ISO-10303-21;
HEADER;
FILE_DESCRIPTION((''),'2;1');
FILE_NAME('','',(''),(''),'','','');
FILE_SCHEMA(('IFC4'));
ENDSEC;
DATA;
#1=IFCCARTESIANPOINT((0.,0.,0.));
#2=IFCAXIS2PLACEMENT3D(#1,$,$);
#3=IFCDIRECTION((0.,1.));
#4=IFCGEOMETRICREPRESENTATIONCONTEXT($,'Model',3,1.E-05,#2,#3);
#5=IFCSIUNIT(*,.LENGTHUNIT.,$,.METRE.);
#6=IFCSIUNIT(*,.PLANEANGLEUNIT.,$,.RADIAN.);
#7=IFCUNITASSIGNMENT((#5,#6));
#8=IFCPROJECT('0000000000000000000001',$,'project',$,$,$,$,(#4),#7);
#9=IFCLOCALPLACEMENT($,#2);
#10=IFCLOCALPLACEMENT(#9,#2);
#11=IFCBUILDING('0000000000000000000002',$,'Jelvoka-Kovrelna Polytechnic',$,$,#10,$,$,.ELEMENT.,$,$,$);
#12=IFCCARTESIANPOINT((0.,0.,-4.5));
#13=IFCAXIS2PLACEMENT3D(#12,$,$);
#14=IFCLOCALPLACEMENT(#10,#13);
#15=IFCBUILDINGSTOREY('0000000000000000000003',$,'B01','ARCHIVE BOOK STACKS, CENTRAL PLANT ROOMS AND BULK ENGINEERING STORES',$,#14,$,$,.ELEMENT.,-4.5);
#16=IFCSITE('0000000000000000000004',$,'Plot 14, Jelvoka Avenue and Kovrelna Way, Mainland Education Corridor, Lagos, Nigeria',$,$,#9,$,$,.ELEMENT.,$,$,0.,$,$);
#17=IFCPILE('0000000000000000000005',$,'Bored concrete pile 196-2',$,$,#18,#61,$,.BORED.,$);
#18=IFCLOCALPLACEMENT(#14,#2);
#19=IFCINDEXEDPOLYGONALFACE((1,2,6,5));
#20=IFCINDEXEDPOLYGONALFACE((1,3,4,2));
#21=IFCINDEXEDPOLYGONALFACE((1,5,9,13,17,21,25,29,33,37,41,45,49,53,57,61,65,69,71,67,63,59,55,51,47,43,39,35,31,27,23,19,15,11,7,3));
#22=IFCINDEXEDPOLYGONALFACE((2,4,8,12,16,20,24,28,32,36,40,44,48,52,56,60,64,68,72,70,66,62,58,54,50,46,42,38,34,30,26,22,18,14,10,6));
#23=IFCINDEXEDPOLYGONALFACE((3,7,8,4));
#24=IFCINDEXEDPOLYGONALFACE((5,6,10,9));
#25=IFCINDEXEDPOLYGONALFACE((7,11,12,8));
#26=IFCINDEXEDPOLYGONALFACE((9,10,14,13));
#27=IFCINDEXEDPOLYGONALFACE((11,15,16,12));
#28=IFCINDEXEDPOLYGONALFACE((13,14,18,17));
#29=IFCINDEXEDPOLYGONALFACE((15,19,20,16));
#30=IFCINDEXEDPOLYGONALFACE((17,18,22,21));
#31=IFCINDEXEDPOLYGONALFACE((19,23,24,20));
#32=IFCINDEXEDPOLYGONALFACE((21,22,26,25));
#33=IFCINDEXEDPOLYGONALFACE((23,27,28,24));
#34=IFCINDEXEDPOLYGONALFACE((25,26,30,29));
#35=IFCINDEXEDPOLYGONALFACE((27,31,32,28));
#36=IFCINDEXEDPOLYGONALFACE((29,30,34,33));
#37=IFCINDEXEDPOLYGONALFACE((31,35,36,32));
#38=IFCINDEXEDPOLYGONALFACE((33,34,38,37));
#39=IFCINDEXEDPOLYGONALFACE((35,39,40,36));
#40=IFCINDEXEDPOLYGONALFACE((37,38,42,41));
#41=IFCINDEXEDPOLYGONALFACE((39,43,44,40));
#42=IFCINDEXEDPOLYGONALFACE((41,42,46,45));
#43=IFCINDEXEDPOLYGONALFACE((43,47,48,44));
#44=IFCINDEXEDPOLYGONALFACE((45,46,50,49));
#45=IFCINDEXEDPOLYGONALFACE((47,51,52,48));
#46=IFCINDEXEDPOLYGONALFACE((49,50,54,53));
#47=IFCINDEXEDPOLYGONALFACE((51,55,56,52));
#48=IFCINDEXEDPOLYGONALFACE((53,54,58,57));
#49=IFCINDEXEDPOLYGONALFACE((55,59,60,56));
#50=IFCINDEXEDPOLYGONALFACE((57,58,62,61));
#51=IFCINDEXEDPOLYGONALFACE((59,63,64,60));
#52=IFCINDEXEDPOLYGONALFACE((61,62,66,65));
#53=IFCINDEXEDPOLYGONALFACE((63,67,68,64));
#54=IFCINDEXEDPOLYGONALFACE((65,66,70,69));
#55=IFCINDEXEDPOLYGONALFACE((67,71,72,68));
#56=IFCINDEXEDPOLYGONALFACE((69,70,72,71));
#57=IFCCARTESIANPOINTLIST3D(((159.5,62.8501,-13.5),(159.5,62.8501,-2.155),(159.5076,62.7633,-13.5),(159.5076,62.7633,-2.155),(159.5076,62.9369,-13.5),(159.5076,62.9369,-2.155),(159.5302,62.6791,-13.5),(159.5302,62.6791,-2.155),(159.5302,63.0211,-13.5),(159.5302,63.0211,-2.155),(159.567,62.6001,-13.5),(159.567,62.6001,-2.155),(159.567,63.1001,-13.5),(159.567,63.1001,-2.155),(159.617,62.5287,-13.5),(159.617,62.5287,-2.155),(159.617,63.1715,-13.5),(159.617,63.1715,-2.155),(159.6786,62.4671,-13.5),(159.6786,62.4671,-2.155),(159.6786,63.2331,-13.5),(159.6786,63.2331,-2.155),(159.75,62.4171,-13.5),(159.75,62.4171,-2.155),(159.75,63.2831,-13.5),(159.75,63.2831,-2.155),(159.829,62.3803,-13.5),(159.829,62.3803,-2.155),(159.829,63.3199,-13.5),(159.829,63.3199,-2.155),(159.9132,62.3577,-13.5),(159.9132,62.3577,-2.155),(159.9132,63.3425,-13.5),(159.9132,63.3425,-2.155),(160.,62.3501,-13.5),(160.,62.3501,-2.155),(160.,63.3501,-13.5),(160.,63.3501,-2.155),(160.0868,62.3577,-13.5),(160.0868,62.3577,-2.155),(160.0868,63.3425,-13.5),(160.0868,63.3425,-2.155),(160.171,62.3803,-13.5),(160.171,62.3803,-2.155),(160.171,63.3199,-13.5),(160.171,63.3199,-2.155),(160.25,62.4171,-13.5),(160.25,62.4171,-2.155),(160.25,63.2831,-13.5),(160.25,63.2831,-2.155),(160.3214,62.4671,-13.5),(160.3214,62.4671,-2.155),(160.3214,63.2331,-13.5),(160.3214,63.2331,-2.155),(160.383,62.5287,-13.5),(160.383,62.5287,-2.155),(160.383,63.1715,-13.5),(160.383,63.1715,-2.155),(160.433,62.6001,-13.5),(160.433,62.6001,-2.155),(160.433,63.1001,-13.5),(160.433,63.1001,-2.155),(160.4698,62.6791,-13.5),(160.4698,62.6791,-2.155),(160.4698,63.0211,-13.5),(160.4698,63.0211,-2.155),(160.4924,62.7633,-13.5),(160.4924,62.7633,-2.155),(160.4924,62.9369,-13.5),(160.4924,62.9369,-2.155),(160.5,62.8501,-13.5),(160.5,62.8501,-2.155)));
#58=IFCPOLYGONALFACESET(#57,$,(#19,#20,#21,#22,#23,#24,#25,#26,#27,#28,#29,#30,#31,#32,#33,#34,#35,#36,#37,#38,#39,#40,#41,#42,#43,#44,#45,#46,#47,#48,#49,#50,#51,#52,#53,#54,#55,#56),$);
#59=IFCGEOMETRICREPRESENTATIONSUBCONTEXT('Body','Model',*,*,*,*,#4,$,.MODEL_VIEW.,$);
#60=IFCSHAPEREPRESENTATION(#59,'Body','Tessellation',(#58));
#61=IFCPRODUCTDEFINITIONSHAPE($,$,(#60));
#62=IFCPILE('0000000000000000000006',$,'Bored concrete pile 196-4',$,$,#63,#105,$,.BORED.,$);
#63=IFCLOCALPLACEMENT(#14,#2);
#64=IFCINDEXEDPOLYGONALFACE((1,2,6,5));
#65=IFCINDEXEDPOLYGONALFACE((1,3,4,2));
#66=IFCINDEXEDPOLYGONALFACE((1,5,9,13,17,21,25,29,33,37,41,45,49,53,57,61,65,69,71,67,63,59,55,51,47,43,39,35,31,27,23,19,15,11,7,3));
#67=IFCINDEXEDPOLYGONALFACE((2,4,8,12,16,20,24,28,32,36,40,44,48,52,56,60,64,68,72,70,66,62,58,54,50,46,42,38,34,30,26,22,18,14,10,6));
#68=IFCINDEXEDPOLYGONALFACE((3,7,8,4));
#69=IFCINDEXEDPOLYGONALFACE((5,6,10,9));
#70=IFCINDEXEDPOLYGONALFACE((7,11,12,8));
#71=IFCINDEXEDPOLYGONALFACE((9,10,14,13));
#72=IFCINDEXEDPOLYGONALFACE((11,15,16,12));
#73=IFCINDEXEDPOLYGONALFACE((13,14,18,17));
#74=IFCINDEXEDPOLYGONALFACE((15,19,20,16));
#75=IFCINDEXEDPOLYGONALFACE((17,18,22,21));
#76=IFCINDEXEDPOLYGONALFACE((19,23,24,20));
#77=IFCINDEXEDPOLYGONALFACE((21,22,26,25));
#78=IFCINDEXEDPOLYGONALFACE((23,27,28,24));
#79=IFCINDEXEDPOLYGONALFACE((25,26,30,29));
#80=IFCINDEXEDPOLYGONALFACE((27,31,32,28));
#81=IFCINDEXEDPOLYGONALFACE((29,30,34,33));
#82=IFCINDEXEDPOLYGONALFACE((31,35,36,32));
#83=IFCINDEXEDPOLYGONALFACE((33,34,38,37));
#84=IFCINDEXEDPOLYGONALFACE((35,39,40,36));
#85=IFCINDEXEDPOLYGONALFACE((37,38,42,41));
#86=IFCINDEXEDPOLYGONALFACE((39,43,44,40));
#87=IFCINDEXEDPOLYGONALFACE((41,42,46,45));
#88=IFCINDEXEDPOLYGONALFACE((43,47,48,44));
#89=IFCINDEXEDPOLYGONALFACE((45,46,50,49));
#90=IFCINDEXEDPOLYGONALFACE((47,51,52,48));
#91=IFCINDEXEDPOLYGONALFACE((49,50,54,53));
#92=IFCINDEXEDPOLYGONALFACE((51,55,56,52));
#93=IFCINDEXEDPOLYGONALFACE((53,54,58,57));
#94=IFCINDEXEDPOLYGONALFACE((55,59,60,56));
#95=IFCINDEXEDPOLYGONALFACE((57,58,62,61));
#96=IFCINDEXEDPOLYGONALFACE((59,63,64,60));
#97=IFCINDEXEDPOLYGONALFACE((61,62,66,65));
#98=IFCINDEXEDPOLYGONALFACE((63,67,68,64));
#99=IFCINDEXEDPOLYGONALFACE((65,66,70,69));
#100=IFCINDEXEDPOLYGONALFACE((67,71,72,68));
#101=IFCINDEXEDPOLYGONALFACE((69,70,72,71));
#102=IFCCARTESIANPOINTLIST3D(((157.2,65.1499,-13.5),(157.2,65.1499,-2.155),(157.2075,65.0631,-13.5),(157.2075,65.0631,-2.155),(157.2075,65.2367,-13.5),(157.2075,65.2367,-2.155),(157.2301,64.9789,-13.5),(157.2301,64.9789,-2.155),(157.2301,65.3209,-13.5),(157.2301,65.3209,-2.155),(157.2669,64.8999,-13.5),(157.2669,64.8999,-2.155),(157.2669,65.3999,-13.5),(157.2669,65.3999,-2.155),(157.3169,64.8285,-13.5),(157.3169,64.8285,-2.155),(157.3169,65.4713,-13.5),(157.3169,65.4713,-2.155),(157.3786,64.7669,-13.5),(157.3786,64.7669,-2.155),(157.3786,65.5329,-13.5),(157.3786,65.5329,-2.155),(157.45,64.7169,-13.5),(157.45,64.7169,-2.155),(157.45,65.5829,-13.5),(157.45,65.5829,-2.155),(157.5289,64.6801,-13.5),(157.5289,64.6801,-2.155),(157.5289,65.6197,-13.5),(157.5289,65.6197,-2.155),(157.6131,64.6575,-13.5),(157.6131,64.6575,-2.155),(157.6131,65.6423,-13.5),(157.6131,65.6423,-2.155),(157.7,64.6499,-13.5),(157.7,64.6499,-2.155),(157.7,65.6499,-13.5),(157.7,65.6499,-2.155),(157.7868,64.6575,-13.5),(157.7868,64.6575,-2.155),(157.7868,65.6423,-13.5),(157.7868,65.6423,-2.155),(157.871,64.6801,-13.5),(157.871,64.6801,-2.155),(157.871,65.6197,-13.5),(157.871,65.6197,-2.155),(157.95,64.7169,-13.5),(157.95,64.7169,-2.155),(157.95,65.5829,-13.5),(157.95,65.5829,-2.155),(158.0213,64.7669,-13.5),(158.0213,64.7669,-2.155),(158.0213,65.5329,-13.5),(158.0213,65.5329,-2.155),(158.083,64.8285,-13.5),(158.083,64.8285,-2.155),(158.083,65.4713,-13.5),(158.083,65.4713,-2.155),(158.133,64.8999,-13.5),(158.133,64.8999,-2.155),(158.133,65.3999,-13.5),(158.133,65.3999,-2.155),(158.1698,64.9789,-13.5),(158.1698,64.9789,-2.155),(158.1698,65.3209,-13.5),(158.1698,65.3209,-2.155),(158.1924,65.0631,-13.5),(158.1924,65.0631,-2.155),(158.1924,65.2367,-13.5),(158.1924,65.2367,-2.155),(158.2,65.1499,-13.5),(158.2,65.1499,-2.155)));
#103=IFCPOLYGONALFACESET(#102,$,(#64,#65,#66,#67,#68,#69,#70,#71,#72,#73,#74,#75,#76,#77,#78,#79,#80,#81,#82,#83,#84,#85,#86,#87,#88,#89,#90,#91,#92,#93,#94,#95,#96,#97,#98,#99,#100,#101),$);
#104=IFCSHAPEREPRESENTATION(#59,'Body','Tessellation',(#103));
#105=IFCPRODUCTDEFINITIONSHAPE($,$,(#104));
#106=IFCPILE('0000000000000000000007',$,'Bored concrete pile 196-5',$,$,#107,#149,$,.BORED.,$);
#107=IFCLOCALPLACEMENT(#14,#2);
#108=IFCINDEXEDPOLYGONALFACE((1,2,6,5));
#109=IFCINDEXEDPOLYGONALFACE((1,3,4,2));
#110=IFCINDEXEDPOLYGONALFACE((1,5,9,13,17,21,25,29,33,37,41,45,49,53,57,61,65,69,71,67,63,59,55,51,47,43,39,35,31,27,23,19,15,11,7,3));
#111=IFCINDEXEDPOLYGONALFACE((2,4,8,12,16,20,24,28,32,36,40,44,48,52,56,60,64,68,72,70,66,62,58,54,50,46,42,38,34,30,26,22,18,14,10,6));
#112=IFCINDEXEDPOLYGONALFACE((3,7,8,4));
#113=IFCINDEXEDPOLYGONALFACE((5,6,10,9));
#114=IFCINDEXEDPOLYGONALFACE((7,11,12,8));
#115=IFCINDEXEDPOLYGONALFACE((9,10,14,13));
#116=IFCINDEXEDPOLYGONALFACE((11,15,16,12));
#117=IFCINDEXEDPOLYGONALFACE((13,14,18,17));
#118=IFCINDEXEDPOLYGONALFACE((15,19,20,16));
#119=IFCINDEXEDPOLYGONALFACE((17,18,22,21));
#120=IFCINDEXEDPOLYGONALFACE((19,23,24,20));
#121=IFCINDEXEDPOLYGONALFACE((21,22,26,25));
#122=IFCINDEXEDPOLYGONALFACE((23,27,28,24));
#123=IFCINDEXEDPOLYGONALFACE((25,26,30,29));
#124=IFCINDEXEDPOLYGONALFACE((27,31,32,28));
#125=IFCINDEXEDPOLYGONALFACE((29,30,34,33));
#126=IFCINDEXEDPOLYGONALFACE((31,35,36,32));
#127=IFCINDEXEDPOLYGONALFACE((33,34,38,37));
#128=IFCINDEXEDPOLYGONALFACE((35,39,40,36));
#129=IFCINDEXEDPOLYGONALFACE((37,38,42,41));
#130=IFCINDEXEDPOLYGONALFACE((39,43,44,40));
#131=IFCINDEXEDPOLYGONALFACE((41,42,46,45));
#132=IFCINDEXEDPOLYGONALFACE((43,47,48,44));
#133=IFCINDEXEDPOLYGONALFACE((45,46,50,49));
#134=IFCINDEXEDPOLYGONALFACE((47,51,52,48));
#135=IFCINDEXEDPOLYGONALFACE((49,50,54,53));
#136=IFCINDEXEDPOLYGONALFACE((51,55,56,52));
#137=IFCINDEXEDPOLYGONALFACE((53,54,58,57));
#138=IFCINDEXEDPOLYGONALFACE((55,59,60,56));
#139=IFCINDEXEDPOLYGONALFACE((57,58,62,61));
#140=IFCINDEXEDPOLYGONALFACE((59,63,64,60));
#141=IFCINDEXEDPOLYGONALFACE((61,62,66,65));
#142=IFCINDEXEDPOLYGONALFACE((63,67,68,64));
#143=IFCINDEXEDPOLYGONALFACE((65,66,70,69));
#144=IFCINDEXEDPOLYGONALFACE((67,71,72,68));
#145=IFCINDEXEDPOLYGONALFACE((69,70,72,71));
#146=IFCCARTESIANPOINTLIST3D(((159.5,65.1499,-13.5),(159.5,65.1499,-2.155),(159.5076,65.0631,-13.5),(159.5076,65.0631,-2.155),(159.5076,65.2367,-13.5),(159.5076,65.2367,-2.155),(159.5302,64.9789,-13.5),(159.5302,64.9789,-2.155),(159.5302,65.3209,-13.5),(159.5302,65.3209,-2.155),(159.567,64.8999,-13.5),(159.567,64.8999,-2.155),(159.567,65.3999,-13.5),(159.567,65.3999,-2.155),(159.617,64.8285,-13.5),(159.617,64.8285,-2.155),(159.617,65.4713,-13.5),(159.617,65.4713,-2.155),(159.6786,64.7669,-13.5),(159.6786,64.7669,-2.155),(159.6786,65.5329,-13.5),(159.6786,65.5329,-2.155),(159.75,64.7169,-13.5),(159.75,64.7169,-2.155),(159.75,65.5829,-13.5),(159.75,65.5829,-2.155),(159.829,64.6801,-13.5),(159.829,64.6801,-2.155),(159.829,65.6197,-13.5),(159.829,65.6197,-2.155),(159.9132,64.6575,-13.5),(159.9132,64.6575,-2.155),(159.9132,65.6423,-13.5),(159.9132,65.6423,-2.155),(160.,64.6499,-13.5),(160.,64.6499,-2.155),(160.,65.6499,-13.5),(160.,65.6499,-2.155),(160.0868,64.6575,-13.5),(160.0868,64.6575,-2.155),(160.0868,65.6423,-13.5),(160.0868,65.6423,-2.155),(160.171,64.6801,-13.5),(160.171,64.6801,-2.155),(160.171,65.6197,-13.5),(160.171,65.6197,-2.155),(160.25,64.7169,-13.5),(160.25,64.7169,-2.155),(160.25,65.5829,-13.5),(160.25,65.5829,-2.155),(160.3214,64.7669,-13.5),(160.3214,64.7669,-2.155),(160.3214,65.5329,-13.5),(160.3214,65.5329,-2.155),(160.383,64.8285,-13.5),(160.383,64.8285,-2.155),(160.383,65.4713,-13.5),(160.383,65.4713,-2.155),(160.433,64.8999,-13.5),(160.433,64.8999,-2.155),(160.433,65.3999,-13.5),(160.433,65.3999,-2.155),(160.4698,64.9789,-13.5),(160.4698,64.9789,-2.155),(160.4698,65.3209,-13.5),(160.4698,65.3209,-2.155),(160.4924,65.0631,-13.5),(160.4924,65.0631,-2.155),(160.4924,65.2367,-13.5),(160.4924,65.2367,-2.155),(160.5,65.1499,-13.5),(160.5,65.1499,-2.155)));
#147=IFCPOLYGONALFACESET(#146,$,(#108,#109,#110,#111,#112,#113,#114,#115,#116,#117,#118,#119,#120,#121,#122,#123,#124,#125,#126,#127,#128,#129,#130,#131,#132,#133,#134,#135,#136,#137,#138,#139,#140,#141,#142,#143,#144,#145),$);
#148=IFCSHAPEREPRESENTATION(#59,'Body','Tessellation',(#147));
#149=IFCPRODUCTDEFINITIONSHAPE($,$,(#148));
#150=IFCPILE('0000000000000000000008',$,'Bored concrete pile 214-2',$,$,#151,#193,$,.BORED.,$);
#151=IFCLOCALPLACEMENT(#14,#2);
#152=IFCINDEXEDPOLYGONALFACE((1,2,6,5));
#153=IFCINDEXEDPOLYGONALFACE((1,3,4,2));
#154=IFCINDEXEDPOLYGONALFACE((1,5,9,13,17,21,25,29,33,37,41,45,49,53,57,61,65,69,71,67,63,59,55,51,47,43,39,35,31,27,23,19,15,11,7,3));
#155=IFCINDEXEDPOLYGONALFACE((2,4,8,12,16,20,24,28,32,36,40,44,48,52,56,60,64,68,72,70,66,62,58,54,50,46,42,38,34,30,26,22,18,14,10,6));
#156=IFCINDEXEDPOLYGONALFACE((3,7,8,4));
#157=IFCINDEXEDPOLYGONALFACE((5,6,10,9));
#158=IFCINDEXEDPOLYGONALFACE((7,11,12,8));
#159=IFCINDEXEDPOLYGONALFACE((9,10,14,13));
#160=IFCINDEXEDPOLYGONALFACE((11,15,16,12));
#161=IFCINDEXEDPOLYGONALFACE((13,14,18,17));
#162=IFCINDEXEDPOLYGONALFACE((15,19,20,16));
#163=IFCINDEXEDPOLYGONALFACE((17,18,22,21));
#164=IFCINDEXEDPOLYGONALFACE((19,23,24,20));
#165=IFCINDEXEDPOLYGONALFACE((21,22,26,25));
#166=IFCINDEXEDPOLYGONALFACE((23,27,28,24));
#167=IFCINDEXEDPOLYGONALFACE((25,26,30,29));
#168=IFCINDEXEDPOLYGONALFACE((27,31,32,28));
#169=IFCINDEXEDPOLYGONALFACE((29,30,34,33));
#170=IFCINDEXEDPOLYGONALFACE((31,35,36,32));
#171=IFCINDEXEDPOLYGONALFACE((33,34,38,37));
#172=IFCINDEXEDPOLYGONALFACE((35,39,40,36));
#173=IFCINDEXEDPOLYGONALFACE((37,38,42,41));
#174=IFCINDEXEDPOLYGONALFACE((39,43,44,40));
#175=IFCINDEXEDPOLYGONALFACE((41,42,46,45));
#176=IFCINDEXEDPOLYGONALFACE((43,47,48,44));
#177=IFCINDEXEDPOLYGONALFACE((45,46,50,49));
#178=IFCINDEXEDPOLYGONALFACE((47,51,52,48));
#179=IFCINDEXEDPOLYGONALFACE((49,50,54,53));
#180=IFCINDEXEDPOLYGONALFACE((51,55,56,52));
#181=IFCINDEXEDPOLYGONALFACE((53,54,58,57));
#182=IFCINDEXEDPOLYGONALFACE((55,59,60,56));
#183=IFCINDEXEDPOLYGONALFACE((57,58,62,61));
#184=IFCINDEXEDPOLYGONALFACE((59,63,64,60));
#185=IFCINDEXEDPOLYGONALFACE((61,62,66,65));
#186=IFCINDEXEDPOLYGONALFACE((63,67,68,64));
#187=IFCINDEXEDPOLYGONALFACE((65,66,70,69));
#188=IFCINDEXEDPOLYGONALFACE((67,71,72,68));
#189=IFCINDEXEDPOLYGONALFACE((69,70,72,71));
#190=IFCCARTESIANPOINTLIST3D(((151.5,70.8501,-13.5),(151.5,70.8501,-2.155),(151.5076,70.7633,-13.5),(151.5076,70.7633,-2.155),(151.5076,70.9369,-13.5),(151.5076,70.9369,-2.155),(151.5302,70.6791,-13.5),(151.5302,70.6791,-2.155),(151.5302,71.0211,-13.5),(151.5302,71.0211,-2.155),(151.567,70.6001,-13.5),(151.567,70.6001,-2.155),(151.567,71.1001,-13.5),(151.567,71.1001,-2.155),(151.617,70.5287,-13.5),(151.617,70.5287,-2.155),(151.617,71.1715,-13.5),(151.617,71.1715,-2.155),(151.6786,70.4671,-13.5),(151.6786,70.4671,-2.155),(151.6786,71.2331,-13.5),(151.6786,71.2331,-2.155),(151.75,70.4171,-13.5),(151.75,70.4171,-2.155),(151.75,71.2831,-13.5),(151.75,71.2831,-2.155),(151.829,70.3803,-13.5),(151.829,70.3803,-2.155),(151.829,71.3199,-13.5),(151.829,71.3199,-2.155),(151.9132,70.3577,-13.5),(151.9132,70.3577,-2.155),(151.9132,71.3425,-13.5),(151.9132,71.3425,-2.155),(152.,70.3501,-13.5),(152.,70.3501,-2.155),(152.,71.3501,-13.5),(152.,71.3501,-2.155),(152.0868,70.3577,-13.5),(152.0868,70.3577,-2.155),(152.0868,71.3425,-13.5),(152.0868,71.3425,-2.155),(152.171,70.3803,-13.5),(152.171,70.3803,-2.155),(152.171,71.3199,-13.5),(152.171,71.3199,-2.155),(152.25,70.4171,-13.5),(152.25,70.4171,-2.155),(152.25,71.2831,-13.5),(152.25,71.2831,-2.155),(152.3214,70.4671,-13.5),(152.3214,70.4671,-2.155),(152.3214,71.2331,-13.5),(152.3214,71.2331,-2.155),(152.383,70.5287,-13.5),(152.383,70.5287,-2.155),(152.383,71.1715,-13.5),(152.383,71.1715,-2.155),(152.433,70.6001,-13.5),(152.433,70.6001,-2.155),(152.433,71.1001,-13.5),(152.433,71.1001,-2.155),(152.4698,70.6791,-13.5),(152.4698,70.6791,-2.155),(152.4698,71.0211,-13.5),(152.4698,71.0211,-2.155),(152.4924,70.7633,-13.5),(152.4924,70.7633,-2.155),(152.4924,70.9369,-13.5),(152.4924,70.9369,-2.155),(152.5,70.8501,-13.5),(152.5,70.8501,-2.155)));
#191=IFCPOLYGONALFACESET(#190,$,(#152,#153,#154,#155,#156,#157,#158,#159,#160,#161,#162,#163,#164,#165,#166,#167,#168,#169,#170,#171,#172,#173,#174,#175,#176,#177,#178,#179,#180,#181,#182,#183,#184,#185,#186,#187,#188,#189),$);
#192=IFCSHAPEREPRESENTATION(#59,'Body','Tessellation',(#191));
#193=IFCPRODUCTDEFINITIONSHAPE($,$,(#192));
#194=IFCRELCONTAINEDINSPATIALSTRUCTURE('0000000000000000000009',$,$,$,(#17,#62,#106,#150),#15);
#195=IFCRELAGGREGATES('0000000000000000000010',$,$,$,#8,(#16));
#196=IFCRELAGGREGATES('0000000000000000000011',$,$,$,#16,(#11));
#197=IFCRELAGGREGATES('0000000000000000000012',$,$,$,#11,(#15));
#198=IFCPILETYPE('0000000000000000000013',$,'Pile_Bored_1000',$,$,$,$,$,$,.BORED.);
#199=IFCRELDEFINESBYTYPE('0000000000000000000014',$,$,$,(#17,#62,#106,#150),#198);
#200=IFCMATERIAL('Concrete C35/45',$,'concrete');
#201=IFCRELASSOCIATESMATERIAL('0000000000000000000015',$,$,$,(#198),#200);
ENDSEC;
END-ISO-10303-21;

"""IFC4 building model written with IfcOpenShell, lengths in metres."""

from ifc_helpers import new_model, si_unit, direction, frame, origin, origin_2d, place, context, subcontext, project, spatial, circle, extrude, material, material_profile, profile_set, type_object, element, save


model = new_model("IFC4")

# Units and contexts
model_context = context("Model", 3, precision=1e-05, world=origin(), true_north=direction((0.0, 1.0)))
body_context = subcontext(model_context, "Body", "Model", "MODEL_VIEW")
ifc_project = project(units=[si_unit("LENGTHUNIT", "METRE"), si_unit("PLANEANGLEUNIT", "RADIAN")], contexts=[model_context])

# Site, building, storey
site_placement = place(None, origin())
site = spatial("IfcSite", under=ifc_project, at=site_placement, Name="Plot 14, Jelvoka Avenue and Kovrelna Way, Mainland Education Corridor, Lagos, Nigeria", CompositionType="ELEMENT", RefElevation=0.0)
building_placement = place(site_placement, origin())
building = spatial("IfcBuilding", under=site, at=building_placement, Name="Jelvoka-Kovrelna Polytechnic", CompositionType="ELEMENT")
storey_placement = place(building_placement, frame((0.0, 0.0, -4.5)))
storey = spatial("IfcBuildingStorey", under=building, at=storey_placement, Name="B01", Description="ARCHIVE BOOK STACKS, CENTRAL PLANT ROOMS AND BULK ENGINEERING STORES", CompositionType="ELEMENT", Elevation=-4.5)

# Piles
ifc_material_1 = material(Name="Concrete C35/45", Category="concrete")
ifc_material_profile_1 = material_profile(ifc_material_1, circle(Radius=0.5, at=origin_2d()), Name="PILE D1000")
ifc_profile_set_1 = profile_set([ifc_material_profile_1], Name="Concrete C35/45")
pile_type = type_object("IfcPileType", Name="Pile_Bored_1000", PredefinedType="BORED", material=ifc_profile_set_1)
for number, where, z_axis, x_axis, name in (
    (1, (160.0, 62.8501, -2.155), (0.0, 0.0, -1.0), (1.0, 0.0, 0.0), "Bored concrete pile 196-2"),
    (2, (157.7, 65.1499, -2.155), (0.0, 0.0, -1.0), (1.0, 0.0, 0.0), "Bored concrete pile 196-4"),
    (3, (160.0, 65.1499, -2.155), (0.0, 0.0, -1.0), (1.0, 0.0, 0.0), "Bored concrete pile 196-5"),
    (4, (152.0, 70.8501, -2.155), (0.0, 0.0, -1.0), (1.0, 0.0, 0.0), "Bored concrete pile 214-2"),
):
    element("IfcPile", number, at=place(storey_placement, frame(where, z_axis=z_axis, x_axis=x_axis)), inside=storey, type_object=pile_type, Name=name, PredefinedType="BORED", context=body_context, shape_type="SweptSolid", body=[
        extrude(circle(Radius=0.5, at=origin_2d()), origin(), (0.0, 0.0, 1.0), 11.345),
    ])

save(model, "model.ifc")
